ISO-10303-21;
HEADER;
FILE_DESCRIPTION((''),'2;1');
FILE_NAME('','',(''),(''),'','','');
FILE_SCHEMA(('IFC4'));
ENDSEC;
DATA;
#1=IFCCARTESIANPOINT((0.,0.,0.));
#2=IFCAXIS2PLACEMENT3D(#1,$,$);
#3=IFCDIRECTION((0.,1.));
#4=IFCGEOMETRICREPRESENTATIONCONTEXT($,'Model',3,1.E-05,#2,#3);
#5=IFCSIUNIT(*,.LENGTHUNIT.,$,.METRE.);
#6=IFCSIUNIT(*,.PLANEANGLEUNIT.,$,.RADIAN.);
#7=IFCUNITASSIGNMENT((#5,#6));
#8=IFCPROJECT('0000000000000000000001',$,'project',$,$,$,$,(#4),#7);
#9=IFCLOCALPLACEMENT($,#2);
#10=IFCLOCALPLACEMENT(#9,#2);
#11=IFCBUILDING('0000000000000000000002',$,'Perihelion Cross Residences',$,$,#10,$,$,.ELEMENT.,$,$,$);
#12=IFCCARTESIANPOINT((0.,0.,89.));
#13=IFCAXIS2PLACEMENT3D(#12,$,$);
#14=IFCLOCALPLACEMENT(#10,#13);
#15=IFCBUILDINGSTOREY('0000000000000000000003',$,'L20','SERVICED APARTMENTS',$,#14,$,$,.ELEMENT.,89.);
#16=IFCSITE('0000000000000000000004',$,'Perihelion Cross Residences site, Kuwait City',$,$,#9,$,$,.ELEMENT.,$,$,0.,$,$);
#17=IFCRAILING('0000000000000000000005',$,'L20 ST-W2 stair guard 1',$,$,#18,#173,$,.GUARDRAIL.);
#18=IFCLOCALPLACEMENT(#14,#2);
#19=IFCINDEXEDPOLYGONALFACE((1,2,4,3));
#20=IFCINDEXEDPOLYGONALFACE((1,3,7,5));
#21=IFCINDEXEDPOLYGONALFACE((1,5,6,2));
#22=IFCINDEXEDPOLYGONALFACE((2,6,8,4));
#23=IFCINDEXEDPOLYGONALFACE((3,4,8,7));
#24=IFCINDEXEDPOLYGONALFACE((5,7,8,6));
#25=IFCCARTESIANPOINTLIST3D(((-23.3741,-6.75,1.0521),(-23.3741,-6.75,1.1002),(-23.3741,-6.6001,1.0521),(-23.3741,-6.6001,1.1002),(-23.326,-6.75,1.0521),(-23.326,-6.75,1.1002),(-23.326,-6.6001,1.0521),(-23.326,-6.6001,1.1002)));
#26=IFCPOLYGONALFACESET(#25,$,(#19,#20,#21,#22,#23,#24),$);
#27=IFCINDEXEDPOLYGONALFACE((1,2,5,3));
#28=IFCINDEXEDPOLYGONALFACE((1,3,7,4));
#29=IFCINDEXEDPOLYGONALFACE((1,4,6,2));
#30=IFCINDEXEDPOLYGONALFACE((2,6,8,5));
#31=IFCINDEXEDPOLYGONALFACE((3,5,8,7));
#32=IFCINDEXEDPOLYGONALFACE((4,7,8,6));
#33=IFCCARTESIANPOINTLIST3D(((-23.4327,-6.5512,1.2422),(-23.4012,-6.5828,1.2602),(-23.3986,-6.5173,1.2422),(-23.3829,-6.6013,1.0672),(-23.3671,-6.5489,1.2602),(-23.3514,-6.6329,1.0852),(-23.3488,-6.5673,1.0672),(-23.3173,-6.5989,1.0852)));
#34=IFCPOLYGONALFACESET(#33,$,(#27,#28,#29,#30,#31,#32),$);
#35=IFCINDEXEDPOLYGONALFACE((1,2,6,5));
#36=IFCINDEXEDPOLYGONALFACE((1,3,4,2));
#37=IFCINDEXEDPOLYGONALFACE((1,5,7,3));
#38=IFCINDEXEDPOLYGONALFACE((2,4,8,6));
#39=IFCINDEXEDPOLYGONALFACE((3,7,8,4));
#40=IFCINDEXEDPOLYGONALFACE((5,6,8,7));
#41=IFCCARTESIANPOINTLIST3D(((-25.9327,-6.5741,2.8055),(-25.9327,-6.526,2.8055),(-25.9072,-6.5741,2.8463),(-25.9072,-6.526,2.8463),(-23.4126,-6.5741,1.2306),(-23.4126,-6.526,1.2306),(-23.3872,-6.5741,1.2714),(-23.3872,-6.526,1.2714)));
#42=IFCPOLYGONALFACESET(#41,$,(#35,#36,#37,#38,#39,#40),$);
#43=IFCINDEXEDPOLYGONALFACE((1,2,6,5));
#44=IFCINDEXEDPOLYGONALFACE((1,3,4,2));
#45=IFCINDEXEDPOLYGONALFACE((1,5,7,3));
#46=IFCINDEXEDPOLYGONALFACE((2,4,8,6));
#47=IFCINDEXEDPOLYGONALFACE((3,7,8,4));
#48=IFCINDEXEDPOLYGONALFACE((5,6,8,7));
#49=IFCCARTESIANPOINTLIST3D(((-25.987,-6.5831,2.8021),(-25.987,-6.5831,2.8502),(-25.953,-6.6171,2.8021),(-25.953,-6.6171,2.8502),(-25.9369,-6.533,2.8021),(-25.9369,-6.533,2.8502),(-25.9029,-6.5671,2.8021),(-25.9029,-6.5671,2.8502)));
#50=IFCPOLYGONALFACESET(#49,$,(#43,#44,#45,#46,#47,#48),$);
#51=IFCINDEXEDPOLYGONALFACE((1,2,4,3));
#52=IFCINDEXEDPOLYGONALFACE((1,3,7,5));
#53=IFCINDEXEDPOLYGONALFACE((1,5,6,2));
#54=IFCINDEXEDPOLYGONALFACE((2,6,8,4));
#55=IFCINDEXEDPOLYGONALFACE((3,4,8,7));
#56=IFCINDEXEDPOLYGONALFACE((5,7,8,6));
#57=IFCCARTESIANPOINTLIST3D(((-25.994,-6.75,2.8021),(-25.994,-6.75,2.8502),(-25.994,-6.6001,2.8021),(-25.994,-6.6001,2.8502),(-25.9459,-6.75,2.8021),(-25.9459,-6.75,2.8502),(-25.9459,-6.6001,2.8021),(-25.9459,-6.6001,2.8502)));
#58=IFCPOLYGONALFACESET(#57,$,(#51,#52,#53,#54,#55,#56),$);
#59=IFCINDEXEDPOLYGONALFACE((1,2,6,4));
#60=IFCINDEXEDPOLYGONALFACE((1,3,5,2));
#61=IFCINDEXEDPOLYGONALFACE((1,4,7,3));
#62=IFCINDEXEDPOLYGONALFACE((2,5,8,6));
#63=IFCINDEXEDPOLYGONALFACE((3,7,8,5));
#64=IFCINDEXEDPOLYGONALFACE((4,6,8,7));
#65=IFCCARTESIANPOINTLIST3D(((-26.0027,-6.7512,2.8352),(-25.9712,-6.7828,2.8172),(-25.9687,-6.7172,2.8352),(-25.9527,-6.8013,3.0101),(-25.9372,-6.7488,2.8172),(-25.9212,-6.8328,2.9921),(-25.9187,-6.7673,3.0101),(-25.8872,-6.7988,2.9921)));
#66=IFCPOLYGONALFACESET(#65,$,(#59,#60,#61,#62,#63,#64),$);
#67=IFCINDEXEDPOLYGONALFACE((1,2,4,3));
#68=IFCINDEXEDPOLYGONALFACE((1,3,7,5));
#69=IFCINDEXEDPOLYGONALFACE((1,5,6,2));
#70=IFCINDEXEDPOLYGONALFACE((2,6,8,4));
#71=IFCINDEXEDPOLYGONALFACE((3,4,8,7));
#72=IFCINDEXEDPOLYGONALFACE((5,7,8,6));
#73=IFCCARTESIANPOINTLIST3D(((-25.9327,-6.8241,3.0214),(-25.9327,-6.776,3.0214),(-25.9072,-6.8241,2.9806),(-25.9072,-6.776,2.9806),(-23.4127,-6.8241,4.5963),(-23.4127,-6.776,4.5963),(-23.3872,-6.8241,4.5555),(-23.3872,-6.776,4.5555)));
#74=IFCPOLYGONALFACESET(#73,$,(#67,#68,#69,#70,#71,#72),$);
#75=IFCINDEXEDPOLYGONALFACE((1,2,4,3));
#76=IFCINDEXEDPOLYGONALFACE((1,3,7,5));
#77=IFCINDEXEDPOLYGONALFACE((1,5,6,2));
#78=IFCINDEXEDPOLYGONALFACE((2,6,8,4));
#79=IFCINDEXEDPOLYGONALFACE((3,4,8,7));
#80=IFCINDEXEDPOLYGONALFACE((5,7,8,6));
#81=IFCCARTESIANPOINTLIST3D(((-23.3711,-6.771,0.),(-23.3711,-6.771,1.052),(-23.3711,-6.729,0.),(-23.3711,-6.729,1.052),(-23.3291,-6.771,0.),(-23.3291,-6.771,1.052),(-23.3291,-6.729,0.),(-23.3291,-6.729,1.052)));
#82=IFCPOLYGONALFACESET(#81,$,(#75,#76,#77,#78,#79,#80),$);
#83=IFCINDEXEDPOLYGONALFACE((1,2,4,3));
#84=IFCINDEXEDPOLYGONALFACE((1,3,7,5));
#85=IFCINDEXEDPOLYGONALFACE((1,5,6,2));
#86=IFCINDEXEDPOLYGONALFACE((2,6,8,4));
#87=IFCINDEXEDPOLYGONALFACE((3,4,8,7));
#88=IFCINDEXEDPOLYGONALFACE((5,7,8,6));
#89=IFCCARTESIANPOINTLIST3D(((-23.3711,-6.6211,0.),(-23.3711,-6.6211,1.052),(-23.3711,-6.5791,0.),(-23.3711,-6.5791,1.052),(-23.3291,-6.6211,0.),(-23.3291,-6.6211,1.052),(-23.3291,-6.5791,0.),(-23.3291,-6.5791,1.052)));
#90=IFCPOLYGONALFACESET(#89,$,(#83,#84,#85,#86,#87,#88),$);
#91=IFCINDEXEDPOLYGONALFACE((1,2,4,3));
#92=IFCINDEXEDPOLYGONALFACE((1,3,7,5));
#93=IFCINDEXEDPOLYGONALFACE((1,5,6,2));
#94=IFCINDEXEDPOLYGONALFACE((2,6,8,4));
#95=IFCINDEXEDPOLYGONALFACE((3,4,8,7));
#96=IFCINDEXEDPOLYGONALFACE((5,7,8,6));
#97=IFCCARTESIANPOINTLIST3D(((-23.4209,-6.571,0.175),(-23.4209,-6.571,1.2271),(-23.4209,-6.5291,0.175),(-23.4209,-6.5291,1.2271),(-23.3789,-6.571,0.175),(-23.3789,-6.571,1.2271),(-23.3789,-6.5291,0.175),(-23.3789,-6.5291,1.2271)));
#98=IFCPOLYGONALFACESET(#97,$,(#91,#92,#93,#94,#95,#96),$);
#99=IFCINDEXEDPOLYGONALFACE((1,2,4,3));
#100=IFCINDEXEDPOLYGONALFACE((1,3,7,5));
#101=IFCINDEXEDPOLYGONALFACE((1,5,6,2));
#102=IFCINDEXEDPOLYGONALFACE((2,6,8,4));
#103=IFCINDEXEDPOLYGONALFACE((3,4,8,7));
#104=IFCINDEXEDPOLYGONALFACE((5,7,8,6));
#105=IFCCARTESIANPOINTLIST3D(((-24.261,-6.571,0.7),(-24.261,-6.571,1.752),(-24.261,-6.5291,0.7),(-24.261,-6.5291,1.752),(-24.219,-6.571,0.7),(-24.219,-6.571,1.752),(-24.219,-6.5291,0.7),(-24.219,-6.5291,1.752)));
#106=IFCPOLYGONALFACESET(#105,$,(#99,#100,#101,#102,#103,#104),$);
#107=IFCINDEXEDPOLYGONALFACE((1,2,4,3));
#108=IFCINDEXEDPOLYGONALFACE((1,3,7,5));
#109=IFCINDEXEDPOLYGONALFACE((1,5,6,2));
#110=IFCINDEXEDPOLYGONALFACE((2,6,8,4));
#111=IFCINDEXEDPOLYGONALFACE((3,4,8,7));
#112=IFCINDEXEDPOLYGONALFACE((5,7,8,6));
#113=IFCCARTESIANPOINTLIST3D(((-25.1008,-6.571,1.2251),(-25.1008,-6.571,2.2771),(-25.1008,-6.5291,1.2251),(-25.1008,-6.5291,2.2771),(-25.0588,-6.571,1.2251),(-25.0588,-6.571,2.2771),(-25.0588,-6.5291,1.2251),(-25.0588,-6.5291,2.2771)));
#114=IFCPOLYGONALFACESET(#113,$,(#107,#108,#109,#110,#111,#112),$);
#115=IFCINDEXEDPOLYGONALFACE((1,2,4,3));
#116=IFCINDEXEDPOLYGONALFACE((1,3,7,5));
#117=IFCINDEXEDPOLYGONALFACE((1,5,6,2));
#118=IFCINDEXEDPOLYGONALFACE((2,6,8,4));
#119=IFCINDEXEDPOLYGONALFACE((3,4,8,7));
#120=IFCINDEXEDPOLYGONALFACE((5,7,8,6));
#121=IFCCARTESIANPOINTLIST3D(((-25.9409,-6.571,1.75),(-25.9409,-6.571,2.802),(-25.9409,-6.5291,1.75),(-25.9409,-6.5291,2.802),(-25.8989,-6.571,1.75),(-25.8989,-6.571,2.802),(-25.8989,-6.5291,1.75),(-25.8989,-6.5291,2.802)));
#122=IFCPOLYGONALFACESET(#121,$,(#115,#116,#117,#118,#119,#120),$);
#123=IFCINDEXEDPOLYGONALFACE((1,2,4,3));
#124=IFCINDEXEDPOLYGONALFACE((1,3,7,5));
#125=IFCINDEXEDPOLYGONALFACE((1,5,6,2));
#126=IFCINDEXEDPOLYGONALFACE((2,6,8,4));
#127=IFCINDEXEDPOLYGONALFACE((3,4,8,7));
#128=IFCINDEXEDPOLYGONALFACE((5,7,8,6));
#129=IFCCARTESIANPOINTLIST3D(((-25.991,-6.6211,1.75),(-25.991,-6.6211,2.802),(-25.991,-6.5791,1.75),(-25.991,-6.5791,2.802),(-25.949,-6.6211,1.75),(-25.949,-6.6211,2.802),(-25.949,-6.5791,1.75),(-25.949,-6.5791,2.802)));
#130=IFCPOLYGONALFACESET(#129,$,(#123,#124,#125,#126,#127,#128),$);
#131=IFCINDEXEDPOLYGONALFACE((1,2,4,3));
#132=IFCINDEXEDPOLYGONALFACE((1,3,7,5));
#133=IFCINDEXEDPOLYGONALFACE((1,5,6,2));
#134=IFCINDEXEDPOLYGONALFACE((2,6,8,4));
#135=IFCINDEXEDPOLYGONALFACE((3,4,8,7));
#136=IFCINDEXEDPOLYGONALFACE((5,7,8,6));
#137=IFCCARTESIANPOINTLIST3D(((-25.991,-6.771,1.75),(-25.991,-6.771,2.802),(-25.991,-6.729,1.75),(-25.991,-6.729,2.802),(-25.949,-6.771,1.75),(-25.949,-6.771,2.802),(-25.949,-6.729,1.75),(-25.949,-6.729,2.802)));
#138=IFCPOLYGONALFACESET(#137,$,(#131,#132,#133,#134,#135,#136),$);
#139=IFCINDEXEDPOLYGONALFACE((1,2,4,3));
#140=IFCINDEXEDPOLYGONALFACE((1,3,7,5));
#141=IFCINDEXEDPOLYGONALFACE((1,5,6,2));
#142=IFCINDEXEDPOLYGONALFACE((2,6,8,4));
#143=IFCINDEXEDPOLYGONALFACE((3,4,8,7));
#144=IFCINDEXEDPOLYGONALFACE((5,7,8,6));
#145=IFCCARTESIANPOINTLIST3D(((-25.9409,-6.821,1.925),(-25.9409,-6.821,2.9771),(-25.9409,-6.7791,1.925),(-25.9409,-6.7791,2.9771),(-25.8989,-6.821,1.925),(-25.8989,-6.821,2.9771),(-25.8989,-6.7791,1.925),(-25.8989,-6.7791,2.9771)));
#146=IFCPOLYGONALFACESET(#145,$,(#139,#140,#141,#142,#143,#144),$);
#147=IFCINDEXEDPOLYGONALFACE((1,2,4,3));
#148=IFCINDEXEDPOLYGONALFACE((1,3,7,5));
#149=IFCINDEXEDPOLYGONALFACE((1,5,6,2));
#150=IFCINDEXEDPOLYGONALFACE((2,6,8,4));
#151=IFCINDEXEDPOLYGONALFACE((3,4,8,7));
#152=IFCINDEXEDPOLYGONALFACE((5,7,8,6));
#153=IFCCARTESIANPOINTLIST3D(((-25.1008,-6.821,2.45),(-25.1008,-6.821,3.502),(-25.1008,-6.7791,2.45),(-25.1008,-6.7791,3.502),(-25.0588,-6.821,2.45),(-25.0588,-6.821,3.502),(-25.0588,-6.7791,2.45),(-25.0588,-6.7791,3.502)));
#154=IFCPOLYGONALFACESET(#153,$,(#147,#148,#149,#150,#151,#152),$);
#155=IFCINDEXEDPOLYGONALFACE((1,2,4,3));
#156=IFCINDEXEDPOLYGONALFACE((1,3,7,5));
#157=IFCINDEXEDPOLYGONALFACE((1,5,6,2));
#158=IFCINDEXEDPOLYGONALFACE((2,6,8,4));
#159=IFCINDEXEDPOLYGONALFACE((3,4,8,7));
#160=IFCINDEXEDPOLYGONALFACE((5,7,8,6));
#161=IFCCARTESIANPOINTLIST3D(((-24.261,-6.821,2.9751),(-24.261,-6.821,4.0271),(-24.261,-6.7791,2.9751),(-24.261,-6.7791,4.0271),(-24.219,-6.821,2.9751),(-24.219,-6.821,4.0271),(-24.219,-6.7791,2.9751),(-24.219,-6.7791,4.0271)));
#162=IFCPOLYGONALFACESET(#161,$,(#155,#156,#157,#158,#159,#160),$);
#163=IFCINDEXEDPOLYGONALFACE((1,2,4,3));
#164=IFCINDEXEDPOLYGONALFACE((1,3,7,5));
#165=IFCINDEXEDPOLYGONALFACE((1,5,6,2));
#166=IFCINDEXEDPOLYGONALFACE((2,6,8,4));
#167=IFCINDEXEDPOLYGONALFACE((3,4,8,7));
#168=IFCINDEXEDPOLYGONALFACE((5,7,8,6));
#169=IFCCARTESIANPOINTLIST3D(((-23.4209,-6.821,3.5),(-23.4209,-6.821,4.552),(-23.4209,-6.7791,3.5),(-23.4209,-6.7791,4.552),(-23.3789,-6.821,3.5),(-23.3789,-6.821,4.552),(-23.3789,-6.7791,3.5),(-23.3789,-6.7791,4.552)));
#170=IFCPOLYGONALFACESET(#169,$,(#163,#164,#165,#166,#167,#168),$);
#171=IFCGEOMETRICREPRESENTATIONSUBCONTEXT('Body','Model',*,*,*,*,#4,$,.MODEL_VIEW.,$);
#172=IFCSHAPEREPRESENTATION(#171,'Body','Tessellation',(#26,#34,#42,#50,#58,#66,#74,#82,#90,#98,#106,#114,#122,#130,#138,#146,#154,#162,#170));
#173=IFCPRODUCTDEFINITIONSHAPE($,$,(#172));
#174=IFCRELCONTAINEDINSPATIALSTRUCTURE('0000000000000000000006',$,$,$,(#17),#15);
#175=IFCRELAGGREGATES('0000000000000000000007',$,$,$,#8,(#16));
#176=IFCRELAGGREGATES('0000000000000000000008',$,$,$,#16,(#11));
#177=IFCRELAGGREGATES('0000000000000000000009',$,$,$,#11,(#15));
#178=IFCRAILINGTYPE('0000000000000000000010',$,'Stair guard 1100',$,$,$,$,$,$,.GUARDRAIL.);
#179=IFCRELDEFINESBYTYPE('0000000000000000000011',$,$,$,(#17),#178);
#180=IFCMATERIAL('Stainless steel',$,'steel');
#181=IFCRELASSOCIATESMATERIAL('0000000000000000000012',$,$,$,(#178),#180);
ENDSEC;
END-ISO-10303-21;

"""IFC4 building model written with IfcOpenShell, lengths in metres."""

from ifc_helpers import new_model, si_unit, direction, frame, origin, origin_2d, place, context, subcontext, project, spatial, rectangle, extrude, material, type_object, element, save


model = new_model("IFC4")

# Units and contexts
model_context = context("Model", 3, precision=1e-05, world=origin(), true_north=direction((0.0, 1.0)))
body_context = subcontext(model_context, "Body", "Model", "MODEL_VIEW")
ifc_project = project(units=[si_unit("LENGTHUNIT", "METRE"), si_unit("PLANEANGLEUNIT", "RADIAN")], contexts=[model_context])

# Site, building, storey
site_placement = place(None, origin())
site = spatial("IfcSite", under=ifc_project, at=site_placement, Name="Perihelion Cross Residences site, Kuwait City", CompositionType="ELEMENT", RefElevation=0.0)
building_placement = place(site_placement, origin())
building = spatial("IfcBuilding", under=site, at=building_placement, Name="Perihelion Cross Residences", CompositionType="ELEMENT")
storey_placement = place(building_placement, frame((0.0, 0.0, 89.0)))
storey = spatial("IfcBuildingStorey", under=building, at=storey_placement, Name="L20", Description="SERVICED APARTMENTS", CompositionType="ELEMENT", Elevation=89.0)

# Railing
ifc_material_1 = material(Name="Stainless steel", Category="steel")
railing_type_1 = type_object("IfcRailingType", Name="Stair guard 1100", PredefinedType="GUARDRAIL", material=ifc_material_1)
railing_1_placement = place(storey_placement, frame((-23.3501, -6.75, 0.0)))
element("IfcRailing", 1, at=railing_1_placement, inside=storey, type_object=railing_type_1, Name="L20 ST-W2 stair guard 1", PredefinedType="GUARDRAIL", context=body_context, shape_type="SweptSolid", body=[
    extrude(rectangle(XDim=0.0481, YDim=0.0481, at=origin_2d()), frame((0.0, 0.0, 1.0762), z_axis=(0.0, 1.0, 0.0), x_axis=(-1.0, 0.0, 0.0)), (0.0, 0.0, 1.0), 0.1499),
    extrude(rectangle(XDim=0.0481, YDim=0.0481, at=origin_2d()), frame((0.0, 0.1499, 1.0762), z_axis=(-0.263862, 0.265156, 0.927399), x_axis=(-0.708834, -0.705376, 0.0)), (0.0, 0.0, 1.0), 0.1887),
    extrude(rectangle(XDim=0.0481, YDim=0.0481, at=origin_2d()), frame((-0.0498, 0.2, 1.251), z_axis=(-0.848008, 0.0, 0.529984), x_axis=(0.0, -1.0, 0.0)), (0.0, 0.0, 1.0), 2.9717),
    extrude(rectangle(XDim=0.0481, YDim=0.0481, at=origin_2d()), frame((-2.5698, 0.2, 2.8262), z_axis=(-0.707107, -0.707107, 0.0), x_axis=(0.707107, -0.707107, 0.0)), (0.0, 0.0, 1.0), 0.0708),
    extrude(rectangle(XDim=0.0481, YDim=0.0481, at=origin_2d()), frame((-2.6199, 0.1499, 2.8262), z_axis=(0.0, -1.0, 0.0), x_axis=(1.0, 0.0, 0.0)), (0.0, 0.0, 1.0), 0.1499),
    extrude(rectangle(XDim=0.0481, YDim=0.0481, at=origin_2d()), frame((-2.6199, 0.0, 2.8262), z_axis=(0.265065, -0.265065, 0.927082), x_axis=(0.707107, 0.707107, 0.0)), (0.0, 0.0, 1.0), 0.1887),
    extrude(rectangle(XDim=0.0481, YDim=0.0481, at=origin_2d()), frame((-2.5698, -0.05, 3.001), z_axis=(0.848008, 0.0, 0.529984), x_axis=(0.0, 1.0, 0.0)), (0.0, 0.0, 1.0), 2.9717),
    extrude(rectangle(XDim=0.042, YDim=0.042, at=origin_2d()), origin(), (0.0, 0.0, 1.0), 1.052),
    extrude(rectangle(XDim=0.042, YDim=0.042, at=origin_2d()), frame((0.0, 0.1499, 0.0)), (0.0, 0.0, 1.0), 1.052),
    extrude(rectangle(XDim=0.042, YDim=0.042, at=origin_2d()), frame((-0.0498, 0.2, 0.175)), (0.0, 0.0, 1.0), 1.052),
    extrude(rectangle(XDim=0.042, YDim=0.042, at=origin_2d()), frame((-0.8899, 0.2, 0.7)), (0.0, 0.0, 1.0), 1.052),
    extrude(rectangle(XDim=0.042, YDim=0.042, at=origin_2d()), frame((-1.7297, 0.2, 1.2251)), (0.0, 0.0, 1.0), 1.052),
    extrude(rectangle(XDim=0.042, YDim=0.042, at=origin_2d()), frame((-2.5698, 0.2, 1.75)), (0.0, 0.0, 1.0), 1.052),
    extrude(rectangle(XDim=0.042, YDim=0.042, at=origin_2d()), frame((-2.6199, 0.1499, 1.75)), (0.0, 0.0, 1.0), 1.052),
    extrude(rectangle(XDim=0.042, YDim=0.042, at=origin_2d()), frame((-2.6199, 0.0, 1.75)), (0.0, 0.0, 1.0), 1.052),
    extrude(rectangle(XDim=0.042, YDim=0.042, at=origin_2d()), frame((-2.5698, -0.05, 1.925)), (0.0, 0.0, 1.0), 1.052),
    extrude(rectangle(XDim=0.042, YDim=0.042, at=origin_2d()), frame((-1.7297, -0.05, 2.45)), (0.0, 0.0, 1.0), 1.052),
    extrude(rectangle(XDim=0.042, YDim=0.042, at=origin_2d()), frame((-0.8899, -0.05, 2.9751)), (0.0, 0.0, 1.0), 1.052),
    extrude(rectangle(XDim=0.042, YDim=0.042, at=origin_2d()), frame((-0.0498, -0.05, 3.5)), (0.0, 0.0, 1.0), 1.052),
])

save(model, "model.ifc")
